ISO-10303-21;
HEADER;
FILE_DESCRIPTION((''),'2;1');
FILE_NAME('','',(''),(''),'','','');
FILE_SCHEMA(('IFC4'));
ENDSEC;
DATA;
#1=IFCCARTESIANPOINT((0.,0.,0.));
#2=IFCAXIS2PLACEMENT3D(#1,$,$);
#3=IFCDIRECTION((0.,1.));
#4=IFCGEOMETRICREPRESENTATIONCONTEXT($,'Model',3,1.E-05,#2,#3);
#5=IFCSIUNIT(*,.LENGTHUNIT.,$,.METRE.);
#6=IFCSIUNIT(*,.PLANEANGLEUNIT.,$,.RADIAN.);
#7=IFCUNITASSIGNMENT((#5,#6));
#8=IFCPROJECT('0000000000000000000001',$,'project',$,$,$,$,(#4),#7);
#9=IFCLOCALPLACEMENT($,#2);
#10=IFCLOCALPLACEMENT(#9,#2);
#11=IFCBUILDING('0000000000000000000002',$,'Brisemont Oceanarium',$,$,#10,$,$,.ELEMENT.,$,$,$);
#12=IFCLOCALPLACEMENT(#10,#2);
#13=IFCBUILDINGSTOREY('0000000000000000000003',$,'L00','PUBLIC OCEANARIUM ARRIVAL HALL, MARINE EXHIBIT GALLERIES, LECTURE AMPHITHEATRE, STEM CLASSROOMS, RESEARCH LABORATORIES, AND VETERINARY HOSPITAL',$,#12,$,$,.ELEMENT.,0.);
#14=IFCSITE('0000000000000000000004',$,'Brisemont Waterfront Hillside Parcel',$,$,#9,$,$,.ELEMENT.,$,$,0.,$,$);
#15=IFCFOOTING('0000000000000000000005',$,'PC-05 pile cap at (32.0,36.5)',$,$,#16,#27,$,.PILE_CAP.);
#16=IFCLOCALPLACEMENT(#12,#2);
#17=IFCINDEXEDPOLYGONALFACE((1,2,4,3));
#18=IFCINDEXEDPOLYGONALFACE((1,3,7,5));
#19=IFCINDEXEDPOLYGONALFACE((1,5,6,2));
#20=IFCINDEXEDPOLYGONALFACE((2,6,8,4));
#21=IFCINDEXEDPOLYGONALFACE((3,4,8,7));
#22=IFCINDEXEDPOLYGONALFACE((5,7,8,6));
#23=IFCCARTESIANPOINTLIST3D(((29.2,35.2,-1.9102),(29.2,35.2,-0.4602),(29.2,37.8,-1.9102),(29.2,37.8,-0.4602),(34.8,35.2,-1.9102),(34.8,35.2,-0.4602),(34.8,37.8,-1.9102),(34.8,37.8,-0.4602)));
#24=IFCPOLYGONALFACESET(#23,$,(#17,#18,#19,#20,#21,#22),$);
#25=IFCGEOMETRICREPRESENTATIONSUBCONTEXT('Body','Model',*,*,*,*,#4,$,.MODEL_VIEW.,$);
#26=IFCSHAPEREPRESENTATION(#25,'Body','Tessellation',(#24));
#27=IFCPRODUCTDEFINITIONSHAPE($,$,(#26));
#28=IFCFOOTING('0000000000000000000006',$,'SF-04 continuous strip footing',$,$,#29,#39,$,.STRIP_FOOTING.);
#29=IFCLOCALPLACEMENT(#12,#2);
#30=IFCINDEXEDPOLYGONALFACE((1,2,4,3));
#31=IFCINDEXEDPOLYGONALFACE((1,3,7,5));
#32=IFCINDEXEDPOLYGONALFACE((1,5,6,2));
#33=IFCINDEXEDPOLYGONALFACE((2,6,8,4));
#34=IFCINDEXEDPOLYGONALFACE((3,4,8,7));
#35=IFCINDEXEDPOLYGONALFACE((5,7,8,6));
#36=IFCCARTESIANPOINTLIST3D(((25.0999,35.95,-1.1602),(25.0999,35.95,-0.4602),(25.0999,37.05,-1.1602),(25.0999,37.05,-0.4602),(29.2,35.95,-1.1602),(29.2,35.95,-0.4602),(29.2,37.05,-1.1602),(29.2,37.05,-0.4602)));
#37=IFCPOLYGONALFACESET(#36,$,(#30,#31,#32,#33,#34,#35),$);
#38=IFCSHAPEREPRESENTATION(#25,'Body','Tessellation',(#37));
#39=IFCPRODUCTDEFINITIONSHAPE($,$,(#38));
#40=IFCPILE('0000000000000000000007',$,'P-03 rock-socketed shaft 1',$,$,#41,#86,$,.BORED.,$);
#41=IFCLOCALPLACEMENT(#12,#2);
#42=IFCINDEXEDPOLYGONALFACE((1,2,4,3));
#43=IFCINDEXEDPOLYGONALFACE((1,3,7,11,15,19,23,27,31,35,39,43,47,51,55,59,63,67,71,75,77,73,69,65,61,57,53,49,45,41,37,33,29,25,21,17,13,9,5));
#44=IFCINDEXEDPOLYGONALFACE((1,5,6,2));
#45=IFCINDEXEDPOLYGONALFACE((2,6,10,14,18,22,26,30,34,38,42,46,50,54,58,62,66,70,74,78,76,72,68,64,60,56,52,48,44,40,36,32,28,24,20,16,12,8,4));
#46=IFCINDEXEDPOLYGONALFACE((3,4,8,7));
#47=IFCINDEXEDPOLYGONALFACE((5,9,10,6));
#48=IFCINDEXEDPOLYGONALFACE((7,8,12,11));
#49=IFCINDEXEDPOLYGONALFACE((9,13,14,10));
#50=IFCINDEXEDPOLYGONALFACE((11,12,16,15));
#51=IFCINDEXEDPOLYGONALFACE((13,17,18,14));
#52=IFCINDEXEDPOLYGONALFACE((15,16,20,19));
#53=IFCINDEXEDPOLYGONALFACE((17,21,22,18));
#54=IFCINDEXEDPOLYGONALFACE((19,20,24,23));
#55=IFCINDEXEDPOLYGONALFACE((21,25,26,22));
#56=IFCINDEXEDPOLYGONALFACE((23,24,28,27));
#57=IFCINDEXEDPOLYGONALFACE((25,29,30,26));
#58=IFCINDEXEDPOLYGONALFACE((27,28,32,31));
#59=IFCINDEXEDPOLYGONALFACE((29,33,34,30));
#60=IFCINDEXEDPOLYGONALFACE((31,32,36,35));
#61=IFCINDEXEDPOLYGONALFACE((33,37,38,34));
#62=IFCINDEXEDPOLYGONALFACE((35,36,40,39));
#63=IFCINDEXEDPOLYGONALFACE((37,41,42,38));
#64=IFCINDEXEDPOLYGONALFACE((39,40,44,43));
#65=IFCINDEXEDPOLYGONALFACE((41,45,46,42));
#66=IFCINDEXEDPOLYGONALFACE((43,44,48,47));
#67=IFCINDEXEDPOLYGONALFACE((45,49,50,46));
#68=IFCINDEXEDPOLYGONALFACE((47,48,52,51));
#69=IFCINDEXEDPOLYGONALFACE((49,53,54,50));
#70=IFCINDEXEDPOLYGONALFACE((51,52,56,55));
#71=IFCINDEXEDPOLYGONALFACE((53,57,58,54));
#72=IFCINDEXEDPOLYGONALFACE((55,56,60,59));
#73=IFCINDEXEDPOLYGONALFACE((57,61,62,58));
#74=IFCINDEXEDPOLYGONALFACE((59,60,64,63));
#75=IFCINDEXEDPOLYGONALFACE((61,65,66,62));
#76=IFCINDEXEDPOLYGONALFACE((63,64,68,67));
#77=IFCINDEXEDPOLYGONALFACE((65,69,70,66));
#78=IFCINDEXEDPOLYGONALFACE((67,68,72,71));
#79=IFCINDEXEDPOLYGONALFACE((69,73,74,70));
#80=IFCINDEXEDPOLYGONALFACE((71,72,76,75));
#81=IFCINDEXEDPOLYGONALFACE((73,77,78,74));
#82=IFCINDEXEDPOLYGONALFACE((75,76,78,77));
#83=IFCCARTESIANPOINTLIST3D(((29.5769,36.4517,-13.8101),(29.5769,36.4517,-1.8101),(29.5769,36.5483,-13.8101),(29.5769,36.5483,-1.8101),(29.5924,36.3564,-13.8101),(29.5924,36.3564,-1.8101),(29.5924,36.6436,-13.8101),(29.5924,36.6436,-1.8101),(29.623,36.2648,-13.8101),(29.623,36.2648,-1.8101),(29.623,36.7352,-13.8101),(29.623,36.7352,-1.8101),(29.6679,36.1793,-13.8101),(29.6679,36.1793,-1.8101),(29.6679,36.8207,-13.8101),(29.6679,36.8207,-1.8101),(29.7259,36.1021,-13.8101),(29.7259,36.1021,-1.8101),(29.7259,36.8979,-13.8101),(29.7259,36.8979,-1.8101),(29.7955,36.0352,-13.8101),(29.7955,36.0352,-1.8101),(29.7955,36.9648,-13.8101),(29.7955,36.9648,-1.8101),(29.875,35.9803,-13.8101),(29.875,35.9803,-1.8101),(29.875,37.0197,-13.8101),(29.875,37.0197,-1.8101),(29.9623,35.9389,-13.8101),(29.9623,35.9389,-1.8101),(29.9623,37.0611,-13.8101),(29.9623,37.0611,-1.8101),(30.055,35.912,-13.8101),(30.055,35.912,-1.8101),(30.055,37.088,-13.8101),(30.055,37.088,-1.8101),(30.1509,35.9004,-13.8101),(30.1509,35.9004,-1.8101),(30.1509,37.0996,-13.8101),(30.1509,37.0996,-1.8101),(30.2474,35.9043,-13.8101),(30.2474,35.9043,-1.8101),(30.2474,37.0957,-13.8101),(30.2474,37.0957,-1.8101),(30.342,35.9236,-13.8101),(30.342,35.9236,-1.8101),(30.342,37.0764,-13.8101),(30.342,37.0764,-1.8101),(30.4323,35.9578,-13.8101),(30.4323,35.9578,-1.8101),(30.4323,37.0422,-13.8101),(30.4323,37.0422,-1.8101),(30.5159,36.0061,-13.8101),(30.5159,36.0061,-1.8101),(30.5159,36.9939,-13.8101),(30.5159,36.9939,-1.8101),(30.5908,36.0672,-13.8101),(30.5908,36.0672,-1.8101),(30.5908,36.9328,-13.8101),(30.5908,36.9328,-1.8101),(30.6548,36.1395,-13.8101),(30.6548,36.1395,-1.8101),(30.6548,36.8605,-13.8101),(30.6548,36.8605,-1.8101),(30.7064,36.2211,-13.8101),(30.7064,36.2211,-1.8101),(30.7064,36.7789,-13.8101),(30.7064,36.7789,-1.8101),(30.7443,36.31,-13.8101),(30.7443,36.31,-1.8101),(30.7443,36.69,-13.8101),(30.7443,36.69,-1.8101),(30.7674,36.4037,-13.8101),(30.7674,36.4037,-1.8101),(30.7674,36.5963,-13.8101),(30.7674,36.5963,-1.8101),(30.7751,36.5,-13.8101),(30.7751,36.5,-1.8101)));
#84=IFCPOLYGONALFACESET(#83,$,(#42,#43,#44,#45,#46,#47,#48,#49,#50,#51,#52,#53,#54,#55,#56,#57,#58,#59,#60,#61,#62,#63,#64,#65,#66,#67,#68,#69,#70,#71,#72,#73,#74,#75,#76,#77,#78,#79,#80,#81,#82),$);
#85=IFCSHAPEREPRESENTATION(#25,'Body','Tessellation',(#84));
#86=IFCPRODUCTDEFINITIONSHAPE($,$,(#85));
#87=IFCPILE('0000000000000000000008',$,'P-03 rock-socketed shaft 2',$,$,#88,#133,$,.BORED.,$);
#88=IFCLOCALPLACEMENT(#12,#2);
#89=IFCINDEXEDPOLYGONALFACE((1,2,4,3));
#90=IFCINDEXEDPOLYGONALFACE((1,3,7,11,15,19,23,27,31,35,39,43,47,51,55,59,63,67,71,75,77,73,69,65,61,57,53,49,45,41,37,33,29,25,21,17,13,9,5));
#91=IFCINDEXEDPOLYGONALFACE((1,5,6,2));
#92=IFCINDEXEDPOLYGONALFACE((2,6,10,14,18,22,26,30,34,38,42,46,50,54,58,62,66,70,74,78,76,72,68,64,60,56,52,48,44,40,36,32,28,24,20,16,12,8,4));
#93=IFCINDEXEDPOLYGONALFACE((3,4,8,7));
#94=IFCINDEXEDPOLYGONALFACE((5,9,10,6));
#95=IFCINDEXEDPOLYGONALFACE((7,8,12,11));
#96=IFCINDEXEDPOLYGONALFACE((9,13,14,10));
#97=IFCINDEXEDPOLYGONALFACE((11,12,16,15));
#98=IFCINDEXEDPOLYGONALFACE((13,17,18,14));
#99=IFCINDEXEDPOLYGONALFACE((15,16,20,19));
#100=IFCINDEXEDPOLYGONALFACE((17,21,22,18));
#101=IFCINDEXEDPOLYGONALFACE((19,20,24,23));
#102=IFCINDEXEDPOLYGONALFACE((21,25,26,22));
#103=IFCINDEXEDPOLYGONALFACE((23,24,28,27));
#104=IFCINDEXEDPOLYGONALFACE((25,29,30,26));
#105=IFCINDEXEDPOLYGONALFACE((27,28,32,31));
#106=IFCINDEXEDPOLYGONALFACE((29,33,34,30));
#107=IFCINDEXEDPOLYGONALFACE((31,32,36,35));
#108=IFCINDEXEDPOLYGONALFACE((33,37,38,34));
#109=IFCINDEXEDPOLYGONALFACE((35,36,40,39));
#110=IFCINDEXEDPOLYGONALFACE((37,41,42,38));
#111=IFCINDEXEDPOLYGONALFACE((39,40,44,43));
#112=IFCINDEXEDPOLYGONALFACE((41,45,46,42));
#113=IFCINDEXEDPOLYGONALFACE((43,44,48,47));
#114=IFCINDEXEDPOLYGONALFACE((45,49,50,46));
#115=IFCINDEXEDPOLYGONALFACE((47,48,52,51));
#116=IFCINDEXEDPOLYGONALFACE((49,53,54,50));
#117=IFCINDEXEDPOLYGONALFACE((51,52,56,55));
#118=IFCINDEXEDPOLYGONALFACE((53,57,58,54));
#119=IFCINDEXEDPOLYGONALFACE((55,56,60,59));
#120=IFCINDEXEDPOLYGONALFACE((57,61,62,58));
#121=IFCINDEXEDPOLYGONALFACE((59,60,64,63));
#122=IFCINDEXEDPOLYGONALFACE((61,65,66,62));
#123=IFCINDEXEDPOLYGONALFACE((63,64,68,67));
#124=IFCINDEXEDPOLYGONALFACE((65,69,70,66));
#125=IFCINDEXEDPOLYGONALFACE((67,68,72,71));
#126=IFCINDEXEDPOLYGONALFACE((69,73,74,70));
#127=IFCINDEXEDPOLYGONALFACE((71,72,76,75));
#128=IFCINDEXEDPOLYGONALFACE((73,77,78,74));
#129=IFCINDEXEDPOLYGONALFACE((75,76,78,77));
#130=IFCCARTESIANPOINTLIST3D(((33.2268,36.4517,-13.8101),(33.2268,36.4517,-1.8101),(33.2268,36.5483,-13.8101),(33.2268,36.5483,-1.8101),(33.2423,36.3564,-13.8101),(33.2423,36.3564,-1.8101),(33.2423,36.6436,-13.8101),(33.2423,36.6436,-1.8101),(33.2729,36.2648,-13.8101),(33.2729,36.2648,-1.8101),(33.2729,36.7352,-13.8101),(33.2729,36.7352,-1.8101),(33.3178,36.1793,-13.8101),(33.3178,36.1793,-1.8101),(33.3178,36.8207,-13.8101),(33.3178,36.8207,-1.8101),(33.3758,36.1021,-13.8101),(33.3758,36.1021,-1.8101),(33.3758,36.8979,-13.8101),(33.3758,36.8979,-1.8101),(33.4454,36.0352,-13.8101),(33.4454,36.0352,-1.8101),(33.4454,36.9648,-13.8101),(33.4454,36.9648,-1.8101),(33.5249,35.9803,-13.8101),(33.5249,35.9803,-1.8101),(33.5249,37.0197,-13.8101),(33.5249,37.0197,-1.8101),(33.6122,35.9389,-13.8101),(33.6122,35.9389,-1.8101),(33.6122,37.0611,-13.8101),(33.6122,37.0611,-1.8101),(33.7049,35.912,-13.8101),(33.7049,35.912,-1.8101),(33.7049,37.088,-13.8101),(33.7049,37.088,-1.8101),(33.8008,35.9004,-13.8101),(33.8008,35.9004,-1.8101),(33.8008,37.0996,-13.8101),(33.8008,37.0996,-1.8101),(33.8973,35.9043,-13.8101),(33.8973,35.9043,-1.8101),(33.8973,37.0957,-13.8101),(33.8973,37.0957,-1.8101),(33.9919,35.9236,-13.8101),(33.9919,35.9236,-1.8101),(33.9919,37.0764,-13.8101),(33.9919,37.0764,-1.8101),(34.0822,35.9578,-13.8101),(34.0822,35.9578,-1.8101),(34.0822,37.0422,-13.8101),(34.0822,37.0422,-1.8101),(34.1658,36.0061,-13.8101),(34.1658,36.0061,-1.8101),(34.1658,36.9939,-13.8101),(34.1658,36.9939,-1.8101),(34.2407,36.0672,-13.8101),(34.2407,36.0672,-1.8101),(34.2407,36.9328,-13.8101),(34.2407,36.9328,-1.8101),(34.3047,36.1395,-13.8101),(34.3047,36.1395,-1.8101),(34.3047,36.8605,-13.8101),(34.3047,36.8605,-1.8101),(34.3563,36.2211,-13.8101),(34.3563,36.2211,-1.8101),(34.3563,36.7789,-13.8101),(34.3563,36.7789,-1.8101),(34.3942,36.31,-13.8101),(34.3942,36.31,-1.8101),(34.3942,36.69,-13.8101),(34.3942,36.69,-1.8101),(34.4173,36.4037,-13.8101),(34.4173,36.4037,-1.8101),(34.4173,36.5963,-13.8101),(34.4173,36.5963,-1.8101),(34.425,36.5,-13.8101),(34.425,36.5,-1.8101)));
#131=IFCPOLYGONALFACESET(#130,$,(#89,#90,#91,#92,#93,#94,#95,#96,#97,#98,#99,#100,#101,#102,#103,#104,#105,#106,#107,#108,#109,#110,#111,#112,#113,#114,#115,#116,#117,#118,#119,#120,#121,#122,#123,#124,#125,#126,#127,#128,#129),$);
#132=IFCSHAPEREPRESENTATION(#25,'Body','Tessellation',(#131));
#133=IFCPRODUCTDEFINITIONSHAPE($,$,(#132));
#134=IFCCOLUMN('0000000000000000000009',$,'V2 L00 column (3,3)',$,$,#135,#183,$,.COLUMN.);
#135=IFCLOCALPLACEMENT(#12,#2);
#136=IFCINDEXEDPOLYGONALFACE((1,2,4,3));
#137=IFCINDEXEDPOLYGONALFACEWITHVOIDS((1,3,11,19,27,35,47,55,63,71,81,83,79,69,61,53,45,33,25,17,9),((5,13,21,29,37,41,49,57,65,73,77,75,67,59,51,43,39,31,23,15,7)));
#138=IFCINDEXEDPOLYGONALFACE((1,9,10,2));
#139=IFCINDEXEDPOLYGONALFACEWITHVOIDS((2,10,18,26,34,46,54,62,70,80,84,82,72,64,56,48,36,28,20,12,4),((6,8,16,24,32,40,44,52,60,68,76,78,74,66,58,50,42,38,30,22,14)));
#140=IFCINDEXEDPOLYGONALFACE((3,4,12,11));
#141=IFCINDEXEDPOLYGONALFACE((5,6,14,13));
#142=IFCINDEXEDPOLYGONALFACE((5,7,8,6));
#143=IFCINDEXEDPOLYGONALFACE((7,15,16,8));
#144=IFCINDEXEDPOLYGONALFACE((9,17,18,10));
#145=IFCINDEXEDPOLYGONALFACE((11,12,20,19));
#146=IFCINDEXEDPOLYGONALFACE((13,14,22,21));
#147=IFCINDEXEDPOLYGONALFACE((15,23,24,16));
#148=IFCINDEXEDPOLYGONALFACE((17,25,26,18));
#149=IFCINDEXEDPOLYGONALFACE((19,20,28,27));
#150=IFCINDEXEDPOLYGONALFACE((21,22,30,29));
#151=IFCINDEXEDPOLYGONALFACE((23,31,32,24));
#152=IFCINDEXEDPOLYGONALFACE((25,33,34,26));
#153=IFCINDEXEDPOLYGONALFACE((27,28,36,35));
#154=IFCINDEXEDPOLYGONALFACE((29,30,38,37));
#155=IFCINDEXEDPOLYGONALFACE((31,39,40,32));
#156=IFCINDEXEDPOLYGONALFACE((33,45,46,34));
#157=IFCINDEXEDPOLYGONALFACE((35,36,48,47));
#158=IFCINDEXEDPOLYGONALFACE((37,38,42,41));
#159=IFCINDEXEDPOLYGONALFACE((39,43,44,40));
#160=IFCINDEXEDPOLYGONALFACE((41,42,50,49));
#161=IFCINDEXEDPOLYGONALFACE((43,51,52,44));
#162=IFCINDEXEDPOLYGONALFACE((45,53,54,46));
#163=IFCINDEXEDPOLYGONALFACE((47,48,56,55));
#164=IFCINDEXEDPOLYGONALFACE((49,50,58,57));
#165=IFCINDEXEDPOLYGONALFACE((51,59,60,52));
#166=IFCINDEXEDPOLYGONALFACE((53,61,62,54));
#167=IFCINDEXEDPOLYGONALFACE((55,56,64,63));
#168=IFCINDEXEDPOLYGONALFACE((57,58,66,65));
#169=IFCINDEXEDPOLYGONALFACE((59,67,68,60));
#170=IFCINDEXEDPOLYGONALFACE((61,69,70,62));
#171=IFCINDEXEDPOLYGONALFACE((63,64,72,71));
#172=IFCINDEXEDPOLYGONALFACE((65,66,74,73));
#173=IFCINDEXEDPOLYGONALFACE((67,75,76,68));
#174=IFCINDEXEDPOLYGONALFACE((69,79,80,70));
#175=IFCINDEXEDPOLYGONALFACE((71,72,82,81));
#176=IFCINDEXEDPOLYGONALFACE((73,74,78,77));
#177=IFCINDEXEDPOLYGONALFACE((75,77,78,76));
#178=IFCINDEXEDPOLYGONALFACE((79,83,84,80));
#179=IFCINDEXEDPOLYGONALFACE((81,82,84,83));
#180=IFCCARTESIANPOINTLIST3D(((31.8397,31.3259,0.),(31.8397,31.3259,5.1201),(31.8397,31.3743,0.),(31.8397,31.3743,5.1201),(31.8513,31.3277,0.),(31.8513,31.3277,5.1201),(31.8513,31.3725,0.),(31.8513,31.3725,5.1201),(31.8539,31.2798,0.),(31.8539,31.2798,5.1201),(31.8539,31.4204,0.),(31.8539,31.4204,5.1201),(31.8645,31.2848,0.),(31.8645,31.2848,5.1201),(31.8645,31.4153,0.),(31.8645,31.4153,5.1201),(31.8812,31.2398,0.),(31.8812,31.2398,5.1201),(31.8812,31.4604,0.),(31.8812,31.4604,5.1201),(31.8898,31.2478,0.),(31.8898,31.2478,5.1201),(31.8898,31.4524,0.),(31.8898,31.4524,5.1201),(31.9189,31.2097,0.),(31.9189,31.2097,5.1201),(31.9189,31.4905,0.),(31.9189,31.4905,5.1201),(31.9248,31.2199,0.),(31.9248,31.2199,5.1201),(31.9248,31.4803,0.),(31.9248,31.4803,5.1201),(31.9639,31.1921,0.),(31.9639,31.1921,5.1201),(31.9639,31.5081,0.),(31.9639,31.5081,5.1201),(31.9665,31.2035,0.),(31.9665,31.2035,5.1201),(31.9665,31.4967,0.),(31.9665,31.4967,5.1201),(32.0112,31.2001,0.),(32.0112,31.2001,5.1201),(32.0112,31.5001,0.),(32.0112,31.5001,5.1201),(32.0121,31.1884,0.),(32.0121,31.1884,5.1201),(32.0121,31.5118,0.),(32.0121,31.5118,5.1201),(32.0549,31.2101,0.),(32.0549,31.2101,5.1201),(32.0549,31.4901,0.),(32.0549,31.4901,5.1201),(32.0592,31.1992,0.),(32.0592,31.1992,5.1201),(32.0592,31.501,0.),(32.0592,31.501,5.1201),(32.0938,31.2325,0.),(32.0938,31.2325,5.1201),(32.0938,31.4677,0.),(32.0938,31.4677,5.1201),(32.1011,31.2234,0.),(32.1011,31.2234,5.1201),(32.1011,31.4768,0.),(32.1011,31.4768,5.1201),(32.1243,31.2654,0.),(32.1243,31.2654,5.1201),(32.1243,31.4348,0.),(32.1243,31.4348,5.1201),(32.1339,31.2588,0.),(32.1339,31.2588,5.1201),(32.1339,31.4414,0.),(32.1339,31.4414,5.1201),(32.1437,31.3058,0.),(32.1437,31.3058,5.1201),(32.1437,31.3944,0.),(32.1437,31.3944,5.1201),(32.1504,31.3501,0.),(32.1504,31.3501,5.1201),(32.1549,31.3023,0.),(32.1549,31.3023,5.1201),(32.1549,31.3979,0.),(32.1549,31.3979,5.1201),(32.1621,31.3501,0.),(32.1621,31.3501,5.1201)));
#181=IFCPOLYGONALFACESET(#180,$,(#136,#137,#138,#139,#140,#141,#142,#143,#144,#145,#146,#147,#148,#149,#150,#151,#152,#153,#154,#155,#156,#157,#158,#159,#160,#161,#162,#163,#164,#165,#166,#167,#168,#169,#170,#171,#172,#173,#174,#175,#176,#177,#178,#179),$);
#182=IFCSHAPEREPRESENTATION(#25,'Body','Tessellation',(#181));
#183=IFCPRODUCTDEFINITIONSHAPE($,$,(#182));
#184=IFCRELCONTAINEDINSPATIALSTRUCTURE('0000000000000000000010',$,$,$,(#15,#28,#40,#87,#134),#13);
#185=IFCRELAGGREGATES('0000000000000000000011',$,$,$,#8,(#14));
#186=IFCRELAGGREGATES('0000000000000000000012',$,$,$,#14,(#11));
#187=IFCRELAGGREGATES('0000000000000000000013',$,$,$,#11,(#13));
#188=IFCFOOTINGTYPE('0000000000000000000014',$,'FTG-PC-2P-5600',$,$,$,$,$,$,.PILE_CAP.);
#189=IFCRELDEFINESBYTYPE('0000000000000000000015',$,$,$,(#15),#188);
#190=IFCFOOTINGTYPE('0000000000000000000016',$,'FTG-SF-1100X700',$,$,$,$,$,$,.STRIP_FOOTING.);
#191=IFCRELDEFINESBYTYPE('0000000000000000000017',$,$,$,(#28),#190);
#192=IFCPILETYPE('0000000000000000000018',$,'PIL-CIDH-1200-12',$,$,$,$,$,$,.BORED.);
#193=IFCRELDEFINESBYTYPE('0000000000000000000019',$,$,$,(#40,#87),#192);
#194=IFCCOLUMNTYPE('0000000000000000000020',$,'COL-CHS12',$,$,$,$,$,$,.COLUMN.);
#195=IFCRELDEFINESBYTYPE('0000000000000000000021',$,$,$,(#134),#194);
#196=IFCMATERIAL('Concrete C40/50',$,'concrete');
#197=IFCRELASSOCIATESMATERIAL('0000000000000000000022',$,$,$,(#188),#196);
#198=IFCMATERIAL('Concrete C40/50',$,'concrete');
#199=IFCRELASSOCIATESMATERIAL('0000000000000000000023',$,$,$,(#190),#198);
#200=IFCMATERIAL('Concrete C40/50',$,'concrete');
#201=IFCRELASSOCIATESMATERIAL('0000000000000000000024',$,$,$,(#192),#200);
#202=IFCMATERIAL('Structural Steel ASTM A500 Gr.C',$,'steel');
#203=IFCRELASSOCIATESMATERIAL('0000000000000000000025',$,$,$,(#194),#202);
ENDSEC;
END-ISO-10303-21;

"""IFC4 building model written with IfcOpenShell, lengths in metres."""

from ifc_helpers import new_model, si_unit, direction, frame, origin, origin_2d, place, context, subcontext, project, spatial, rectangle, circle, hollow_circle, extrude, material, material_profile, profile_set, type_object, element, save


model = new_model("IFC4")

# Units and contexts
model_context = context("Model", 3, precision=1e-05, world=origin(), true_north=direction((0.0, 1.0)))
body_context = subcontext(model_context, "Body", "Model", "MODEL_VIEW")
ifc_project = project(units=[si_unit("LENGTHUNIT", "METRE"), si_unit("PLANEANGLEUNIT", "RADIAN")], contexts=[model_context])

# Site, building, storey
site_placement = place(None, origin())
site = spatial("IfcSite", under=ifc_project, at=site_placement, Name="Brisemont Waterfront Hillside Parcel", CompositionType="ELEMENT", RefElevation=0.0)
building_placement = place(site_placement, origin())
building = spatial("IfcBuilding", under=site, at=building_placement, Name="Brisemont Oceanarium", CompositionType="ELEMENT")
storey_placement = place(building_placement, origin())
storey = spatial("IfcBuildingStorey", under=building, at=storey_placement, Name="L00", Description="PUBLIC OCEANARIUM ARRIVAL HALL, MARINE EXHIBIT GALLERIES, LECTURE AMPHITHEATRE, STEM CLASSROOMS, RESEARCH LABORATORIES, AND VETERINARY HOSPITAL", CompositionType="ELEMENT", Elevation=0.0)

# Footings
ifc_material_1 = material(Name="Concrete C40/50", Category="concrete")
footing_type_1 = type_object("IfcFootingType", Name="FTG-PC-2P-5600", PredefinedType="PILE_CAP", material=ifc_material_1)
footing_1_placement = place(storey_placement, frame((32.0, 36.5, -1.9102), z_axis=(0.0, 0.0, 1.0), x_axis=(1.0, 0.0, 0.0)))
element("IfcFooting", 1, at=footing_1_placement, inside=storey, type_object=footing_type_1, Name="PC-05 pile cap at (32.0,36.5)", PredefinedType="PILE_CAP", context=body_context, shape_type="SweptSolid", body=[
    extrude(rectangle(XDim=5.6001, YDim=2.6001, at=origin_2d()), origin(), (0.0, 0.0, 1.0), 1.45),
])
ifc_material_2 = material(Name="Concrete C40/50", Category="concrete")
footing_type_2 = type_object("IfcFootingType", Name="FTG-SF-1100X700", PredefinedType="STRIP_FOOTING", material=ifc_material_2)
footing_2_placement = place(storey_placement, frame((27.1499, 36.5, -1.1602), z_axis=(0.0, 0.0, 1.0), x_axis=(1.0, 0.0, 0.0)))
element("IfcFooting", 2, at=footing_2_placement, inside=storey, type_object=footing_type_2, Name="SF-04 continuous strip footing", PredefinedType="STRIP_FOOTING", context=body_context, shape_type="SweptSolid", body=[
    extrude(rectangle(XDim=4.1001, YDim=1.1001, at=origin_2d()), origin(), (0.0, 0.0, 1.0), 0.7),
])

# Piles
ifc_material_3 = material(Name="Concrete C40/50", Category="concrete")
ifc_material_profile_1 = material_profile(ifc_material_3, circle(Radius=0.6001, at=origin_2d()), Name="CIDH-D1200")
ifc_profile_set_1 = profile_set([ifc_material_profile_1], Name="Concrete C40/50")
pile_type = type_object("IfcPileType", Name="PIL-CIDH-1200-12", PredefinedType="BORED", material=ifc_profile_set_1)
for number, where, z_axis, x_axis, name in (
    (3, (30.175, 36.5, -1.8101), (0.0, 0.0, -1.0), (1.0, 0.0, 0.0), "P-03 rock-socketed shaft 1"),
    (4, (33.825, 36.5, -1.8101), (0.0, 0.0, -1.0), (1.0, 0.0, 0.0), "P-03 rock-socketed shaft 2"),
):
    element("IfcPile", number, at=place(storey_placement, frame(where, z_axis=z_axis, x_axis=x_axis)), inside=storey, type_object=pile_type, Name=name, PredefinedType="BORED", context=body_context, shape_type="SweptSolid", body=[
        extrude(circle(Radius=0.6001, at=origin_2d()), origin(), (0.0, 0.0, 1.0), 12.0),
    ])

# Column
ifc_material_4 = material(Name="Structural Steel ASTM A500 Gr.C", Category="steel")
ifc_material_profile_2 = material_profile(ifc_material_4, hollow_circle(Radius=0.1621, WallThickness=0.0117, at=origin_2d()), Name="HSS12.750X0.500")
ifc_profile_set_2 = profile_set([ifc_material_profile_2], Name="Structural Steel ASTM A500 Gr.C")
column_type_1 = type_object("IfcColumnType", Name="COL-CHS12", PredefinedType="COLUMN", material=ifc_profile_set_2)
column_1_placement = place(storey_placement, frame((32.0, 31.3501, 0.0), z_axis=(0.0, 0.0, 1.0), x_axis=(1.0, 0.0, 0.0)))
element("IfcColumn", 5, at=column_1_placement, inside=storey, type_object=column_type_1, Name="V2 L00 column (3,3)", PredefinedType="COLUMN", context=body_context, shape_type="SweptSolid", body=[
    extrude(hollow_circle(Radius=0.1621, WallThickness=0.0117, at=origin_2d()), origin(), (0.0, 0.0, 1.0), 5.1201),
])

save(model, "model.ifc")
